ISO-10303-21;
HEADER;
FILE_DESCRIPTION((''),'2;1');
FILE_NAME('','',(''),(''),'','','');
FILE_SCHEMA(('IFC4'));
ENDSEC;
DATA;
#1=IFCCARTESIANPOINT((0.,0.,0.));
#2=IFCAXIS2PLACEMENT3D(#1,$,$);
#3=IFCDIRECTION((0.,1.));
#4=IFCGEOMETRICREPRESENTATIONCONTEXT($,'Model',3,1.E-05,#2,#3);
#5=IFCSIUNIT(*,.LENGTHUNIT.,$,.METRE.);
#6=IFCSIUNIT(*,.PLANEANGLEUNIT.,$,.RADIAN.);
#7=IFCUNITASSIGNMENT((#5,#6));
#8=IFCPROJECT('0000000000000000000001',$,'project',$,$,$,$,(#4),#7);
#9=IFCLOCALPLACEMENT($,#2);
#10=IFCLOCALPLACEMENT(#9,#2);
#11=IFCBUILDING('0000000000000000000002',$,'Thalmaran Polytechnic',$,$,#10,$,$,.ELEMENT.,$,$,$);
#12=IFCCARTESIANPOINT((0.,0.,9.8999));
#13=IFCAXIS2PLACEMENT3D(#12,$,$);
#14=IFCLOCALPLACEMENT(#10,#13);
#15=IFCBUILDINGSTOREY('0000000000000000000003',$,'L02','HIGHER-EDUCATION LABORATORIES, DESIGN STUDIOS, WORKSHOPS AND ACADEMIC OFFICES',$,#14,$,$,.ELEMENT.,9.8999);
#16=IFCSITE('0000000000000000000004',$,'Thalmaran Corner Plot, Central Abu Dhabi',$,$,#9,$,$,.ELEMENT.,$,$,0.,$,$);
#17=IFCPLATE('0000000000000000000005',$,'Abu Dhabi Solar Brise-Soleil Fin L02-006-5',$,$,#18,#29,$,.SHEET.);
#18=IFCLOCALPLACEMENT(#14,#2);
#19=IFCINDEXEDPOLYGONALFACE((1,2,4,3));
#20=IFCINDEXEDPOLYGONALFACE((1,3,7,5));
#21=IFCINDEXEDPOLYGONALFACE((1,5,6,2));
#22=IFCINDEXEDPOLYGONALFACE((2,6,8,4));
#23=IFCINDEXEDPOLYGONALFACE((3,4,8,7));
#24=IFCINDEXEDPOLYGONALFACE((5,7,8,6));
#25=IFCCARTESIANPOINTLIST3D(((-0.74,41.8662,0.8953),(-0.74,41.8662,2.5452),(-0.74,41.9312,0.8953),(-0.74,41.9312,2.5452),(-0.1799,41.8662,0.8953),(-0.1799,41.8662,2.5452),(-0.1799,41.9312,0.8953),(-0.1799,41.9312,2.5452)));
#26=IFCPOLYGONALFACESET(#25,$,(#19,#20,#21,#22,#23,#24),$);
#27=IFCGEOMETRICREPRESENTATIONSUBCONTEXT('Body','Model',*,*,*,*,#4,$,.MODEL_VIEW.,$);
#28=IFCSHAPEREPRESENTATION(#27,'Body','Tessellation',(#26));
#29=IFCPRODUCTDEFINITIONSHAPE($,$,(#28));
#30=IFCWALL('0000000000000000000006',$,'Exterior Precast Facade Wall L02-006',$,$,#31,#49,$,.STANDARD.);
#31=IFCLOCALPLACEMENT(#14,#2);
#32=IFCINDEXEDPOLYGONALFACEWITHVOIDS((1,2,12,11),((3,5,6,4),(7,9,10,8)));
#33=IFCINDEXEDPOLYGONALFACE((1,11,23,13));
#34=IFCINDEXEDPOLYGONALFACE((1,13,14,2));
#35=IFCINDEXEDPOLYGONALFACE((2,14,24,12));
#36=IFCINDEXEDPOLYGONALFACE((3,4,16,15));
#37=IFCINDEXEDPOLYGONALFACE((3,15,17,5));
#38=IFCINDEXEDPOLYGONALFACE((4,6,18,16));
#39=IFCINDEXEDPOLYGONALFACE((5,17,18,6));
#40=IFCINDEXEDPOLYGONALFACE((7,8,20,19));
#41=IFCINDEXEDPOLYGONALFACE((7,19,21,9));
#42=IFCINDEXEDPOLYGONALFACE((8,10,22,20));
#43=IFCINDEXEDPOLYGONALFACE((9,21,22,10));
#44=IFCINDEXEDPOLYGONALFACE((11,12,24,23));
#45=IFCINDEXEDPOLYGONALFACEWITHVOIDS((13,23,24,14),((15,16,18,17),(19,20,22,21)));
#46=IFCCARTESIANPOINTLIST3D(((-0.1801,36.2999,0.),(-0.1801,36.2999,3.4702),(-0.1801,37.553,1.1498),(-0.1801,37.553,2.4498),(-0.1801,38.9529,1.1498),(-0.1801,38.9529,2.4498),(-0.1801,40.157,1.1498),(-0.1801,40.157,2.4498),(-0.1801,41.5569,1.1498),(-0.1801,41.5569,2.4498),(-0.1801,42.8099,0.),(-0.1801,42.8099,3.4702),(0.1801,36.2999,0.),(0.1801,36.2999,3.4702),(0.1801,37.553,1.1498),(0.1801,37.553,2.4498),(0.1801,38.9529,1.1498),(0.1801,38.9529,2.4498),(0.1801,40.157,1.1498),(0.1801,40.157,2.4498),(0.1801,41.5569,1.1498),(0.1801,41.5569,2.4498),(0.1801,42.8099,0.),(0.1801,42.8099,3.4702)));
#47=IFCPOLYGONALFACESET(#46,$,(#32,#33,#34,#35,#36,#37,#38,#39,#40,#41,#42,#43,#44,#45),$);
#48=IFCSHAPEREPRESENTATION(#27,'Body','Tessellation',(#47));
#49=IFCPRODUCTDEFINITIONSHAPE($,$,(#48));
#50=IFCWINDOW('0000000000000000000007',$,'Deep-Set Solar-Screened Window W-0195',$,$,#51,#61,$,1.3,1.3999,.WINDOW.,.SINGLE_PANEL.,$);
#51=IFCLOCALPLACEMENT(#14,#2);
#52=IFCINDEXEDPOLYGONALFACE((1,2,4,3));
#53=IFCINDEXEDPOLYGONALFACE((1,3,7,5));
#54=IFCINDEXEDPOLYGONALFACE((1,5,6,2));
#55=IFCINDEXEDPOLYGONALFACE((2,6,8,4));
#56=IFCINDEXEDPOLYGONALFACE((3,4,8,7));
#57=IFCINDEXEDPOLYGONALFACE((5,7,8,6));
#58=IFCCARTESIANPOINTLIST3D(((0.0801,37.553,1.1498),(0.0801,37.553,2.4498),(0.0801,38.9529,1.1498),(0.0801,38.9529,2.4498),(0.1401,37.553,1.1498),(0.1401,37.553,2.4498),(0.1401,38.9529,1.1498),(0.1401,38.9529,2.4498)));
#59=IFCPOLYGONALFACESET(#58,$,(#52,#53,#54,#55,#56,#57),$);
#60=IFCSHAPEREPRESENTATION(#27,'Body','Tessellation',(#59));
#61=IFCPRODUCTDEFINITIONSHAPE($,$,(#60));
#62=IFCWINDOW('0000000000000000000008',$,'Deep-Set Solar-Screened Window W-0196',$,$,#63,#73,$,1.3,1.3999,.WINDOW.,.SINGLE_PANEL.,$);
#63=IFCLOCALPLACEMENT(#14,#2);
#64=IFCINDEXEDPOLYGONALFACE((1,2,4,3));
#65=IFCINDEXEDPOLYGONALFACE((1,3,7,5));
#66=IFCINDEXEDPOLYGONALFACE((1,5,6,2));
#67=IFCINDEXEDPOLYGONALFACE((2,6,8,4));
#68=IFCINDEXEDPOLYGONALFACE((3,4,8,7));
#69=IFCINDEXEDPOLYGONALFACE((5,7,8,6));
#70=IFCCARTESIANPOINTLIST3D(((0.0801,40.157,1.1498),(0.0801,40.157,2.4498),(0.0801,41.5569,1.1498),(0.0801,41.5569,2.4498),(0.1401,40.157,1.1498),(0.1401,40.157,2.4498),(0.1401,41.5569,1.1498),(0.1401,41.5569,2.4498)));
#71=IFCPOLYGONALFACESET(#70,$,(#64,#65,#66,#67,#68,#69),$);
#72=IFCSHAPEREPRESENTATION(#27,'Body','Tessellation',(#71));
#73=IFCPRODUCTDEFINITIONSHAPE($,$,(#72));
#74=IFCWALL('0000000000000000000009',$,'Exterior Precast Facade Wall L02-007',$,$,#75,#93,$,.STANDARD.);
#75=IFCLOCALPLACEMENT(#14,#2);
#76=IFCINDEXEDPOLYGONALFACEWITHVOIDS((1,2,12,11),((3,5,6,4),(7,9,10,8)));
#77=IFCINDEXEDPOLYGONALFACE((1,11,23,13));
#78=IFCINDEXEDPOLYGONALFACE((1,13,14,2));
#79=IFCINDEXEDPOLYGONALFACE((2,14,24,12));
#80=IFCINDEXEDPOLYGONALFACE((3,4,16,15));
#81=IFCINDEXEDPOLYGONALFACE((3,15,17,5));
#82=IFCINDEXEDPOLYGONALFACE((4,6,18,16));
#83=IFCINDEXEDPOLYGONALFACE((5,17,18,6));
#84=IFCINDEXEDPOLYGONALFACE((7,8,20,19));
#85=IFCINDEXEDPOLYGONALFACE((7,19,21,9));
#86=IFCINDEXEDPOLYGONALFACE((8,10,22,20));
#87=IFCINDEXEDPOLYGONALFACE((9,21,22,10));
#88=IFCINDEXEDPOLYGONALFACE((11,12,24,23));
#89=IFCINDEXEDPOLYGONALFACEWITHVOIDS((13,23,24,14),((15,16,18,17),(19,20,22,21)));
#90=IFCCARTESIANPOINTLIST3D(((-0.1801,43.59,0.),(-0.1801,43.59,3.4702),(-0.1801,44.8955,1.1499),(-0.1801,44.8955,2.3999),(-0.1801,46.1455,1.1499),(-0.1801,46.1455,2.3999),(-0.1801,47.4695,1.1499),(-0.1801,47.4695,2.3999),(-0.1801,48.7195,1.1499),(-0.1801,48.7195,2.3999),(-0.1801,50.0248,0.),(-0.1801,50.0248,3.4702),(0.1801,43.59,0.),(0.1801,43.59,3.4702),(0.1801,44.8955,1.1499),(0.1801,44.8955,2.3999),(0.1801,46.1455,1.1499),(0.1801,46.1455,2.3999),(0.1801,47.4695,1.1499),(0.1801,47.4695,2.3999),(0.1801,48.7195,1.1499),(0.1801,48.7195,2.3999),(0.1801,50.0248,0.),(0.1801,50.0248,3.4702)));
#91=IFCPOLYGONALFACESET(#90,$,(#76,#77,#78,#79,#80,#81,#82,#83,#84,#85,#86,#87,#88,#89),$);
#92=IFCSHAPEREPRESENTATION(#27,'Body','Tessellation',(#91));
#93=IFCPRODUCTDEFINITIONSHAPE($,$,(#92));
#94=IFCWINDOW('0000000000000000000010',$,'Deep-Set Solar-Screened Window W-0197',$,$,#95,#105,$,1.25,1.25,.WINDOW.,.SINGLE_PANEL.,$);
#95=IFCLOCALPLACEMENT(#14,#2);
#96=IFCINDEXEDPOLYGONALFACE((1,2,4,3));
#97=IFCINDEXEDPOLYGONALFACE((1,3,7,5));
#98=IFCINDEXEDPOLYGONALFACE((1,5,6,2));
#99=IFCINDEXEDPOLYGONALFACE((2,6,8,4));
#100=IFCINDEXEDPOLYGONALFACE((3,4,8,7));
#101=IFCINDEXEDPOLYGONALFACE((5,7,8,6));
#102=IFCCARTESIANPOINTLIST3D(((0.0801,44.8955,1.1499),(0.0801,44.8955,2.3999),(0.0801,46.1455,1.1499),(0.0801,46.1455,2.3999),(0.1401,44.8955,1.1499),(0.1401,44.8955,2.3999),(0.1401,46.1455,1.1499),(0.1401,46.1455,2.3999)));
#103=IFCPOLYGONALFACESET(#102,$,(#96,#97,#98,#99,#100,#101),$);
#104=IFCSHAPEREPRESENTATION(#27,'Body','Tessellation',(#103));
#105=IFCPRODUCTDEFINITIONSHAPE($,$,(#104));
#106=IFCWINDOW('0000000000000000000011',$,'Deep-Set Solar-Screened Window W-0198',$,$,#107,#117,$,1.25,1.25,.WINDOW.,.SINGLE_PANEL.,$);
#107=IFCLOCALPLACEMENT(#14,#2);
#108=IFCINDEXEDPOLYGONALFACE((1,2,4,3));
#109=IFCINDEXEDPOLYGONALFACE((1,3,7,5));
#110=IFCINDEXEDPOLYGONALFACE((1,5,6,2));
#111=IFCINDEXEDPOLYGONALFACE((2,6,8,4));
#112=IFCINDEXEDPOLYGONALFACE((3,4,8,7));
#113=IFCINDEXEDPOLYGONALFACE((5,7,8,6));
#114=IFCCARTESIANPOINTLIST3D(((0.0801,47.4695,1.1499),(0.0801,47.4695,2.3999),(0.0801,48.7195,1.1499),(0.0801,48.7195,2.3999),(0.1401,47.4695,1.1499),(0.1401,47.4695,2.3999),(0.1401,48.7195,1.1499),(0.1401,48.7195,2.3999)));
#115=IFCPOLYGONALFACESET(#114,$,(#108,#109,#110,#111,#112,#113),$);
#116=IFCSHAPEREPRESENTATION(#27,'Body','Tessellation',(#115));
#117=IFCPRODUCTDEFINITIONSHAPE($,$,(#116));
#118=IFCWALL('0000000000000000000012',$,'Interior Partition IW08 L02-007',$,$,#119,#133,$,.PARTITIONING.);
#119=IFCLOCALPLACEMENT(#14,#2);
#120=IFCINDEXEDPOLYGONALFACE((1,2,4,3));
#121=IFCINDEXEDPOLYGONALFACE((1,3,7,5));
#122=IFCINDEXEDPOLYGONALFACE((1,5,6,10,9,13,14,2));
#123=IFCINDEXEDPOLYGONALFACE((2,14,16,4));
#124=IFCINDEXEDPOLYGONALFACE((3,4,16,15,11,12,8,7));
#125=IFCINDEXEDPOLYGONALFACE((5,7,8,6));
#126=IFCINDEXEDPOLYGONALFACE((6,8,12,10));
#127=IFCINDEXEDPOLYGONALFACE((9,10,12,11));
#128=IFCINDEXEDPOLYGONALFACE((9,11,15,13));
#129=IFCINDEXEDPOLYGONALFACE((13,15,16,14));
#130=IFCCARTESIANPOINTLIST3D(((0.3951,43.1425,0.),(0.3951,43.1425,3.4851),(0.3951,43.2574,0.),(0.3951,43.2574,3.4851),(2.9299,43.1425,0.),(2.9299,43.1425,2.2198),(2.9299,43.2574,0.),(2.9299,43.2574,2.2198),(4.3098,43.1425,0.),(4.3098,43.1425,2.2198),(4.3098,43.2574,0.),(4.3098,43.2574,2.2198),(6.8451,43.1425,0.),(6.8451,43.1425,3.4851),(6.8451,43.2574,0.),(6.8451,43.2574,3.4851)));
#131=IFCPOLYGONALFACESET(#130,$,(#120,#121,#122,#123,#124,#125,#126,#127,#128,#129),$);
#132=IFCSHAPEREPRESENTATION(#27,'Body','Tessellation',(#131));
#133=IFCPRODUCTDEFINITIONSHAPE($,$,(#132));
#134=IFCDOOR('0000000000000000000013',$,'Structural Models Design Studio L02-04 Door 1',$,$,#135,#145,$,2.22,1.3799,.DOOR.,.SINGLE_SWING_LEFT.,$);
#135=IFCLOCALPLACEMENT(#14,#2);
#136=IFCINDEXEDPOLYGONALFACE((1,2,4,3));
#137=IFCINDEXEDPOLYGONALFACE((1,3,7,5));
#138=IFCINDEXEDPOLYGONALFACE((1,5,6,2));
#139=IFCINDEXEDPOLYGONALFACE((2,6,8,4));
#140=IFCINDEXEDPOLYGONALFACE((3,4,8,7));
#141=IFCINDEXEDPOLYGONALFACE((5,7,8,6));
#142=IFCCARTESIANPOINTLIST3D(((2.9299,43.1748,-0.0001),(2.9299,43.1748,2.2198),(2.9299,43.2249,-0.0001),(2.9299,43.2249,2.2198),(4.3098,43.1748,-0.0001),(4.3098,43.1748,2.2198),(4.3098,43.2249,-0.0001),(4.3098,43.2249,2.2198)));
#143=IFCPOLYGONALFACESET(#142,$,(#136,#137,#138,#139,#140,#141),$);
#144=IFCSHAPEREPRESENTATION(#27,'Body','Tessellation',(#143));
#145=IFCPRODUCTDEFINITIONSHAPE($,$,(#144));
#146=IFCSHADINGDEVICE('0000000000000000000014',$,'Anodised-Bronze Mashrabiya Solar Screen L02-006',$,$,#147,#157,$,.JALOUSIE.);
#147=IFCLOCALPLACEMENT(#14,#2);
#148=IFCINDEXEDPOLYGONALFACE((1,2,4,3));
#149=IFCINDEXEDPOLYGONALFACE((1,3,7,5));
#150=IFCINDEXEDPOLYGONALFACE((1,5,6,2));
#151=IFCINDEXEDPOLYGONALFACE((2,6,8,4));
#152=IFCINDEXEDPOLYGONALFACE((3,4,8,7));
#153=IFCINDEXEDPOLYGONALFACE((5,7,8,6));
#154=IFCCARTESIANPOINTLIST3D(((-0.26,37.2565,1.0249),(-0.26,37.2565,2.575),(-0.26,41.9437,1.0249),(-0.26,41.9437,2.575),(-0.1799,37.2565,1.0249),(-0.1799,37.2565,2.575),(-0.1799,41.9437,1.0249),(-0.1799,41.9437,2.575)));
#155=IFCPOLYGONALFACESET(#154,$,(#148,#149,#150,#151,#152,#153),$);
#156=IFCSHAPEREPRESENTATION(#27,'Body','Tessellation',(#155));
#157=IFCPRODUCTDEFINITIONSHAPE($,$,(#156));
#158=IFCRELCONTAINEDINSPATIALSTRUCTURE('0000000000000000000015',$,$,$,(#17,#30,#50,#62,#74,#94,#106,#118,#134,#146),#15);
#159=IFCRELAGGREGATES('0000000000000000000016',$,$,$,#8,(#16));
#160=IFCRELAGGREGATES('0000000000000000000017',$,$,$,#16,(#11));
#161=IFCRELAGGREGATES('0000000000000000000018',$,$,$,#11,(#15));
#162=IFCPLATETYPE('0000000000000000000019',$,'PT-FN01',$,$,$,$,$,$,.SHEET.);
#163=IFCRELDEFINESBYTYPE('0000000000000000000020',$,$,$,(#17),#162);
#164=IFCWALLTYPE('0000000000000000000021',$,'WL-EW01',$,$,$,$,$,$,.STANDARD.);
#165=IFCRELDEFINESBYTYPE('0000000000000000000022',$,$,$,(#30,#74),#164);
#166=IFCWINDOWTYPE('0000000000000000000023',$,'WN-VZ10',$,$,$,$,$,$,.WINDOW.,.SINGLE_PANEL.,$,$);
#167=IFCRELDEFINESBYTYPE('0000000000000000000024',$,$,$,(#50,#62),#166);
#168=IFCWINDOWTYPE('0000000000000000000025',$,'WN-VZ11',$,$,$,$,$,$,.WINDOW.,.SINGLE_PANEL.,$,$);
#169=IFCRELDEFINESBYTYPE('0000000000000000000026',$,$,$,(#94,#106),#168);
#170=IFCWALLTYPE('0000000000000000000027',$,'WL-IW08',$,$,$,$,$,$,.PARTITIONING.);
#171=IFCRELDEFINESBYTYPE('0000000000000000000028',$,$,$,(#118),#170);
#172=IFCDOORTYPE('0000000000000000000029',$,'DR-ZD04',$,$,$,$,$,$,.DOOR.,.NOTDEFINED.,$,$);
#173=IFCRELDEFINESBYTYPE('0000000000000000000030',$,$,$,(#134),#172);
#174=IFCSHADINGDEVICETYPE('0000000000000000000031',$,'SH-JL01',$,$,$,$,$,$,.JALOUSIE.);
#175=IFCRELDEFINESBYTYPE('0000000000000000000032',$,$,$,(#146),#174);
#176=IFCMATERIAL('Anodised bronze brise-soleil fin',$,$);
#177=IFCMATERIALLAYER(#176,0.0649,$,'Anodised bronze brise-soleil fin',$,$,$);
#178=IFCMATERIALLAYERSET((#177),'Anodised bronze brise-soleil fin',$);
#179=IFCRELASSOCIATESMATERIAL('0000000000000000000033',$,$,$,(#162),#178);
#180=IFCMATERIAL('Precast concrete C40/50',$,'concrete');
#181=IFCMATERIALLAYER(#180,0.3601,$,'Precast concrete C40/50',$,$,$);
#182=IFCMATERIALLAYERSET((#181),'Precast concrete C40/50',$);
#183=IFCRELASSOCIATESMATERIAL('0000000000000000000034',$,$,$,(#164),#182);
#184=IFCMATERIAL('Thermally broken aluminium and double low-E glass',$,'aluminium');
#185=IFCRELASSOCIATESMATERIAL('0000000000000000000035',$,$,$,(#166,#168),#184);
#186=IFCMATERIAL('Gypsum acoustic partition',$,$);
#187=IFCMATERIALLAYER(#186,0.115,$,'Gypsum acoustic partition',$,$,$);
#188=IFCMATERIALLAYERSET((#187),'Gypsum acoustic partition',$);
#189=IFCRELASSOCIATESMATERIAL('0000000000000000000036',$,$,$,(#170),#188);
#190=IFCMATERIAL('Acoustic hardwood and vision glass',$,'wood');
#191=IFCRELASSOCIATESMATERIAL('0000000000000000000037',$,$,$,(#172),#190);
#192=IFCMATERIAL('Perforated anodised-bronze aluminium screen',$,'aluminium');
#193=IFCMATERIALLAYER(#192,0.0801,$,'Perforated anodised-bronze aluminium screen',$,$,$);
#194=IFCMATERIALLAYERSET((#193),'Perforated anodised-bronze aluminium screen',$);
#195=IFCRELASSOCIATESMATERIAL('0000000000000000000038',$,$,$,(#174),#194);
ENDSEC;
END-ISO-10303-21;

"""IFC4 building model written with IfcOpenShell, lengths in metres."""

from ifc_helpers import new_model, si_unit, direction, frame, frame_2d, origin, origin_2d, place, context, subcontext, project, spatial, rectangle, extrude, material, layer, layer_set, type_object, element, fill, save


model = new_model("IFC4")

# Units and contexts
model_context = context("Model", 3, precision=1e-05, world=origin(), true_north=direction((0.0, 1.0)))
body_context = subcontext(model_context, "Body", "Model", "MODEL_VIEW")
ifc_project = project(units=[si_unit("LENGTHUNIT", "METRE"), si_unit("PLANEANGLEUNIT", "RADIAN")], contexts=[model_context])

# Site, building, storey
site_placement = place(None, origin())
site = spatial("IfcSite", under=ifc_project, at=site_placement, Name="Thalmaran Corner Plot, Central Abu Dhabi", CompositionType="ELEMENT", RefElevation=0.0)
building_placement = place(site_placement, origin())
building = spatial("IfcBuilding", under=site, at=building_placement, Name="Thalmaran Polytechnic", CompositionType="ELEMENT")
storey_placement = place(building_placement, frame((0.0, 0.0, 9.8999)))
storey = spatial("IfcBuildingStorey", under=building, at=storey_placement, Name="L02", Description="HIGHER-EDUCATION LABORATORIES, DESIGN STUDIOS, WORKSHOPS AND ACADEMIC OFFICES", CompositionType="ELEMENT", Elevation=9.8999)

# Plate
ifc_material_1 = material(Name="Anodised bronze brise-soleil fin")
ifc_layer_1 = layer(ifc_material_1, 0.0649, Name="Anodised bronze brise-soleil fin")
ifc_layer_set_1 = layer_set([ifc_layer_1], Name="Anodised bronze brise-soleil fin")
plate_type_1 = type_object("IfcPlateType", Name="PT-FN01", PredefinedType="SHEET", material=ifc_layer_set_1)
for number, where, z_axis, x_axis, name in (
    (1, (-0.46, 41.8987, 0.8953), (0.0, 0.0, 1.0), (0.0, 1.0, 0.0), "Abu Dhabi Solar Brise-Soleil Fin L02-006-5"),
):
    element("IfcPlate", number, at=place(storey_placement, frame(where, z_axis=z_axis, x_axis=x_axis)), inside=storey, type_object=plate_type_1, Name=name, PredefinedType="SHEET", context=body_context, shape_type="SweptSolid", body=[
        extrude(rectangle(XDim=0.0649, YDim=0.5601, at=origin_2d()), origin(), (0.0, 0.0, 1.0), 1.6499),
    ])

# Walls, openings, windows
ifc_material_2 = material(Name="Precast concrete C40/50", Category="concrete")
ifc_layer_2 = layer(ifc_material_2, 0.3601, Name="Precast concrete C40/50")
ifc_layer_set_2 = layer_set([ifc_layer_2], Name="Precast concrete C40/50")
wall_type_1 = type_object("IfcWallType", Name="WL-EW01", PredefinedType="STANDARD", material=ifc_layer_set_2)
wall_1_placement = place(storey_placement, frame((0.0, 36.3, 0.0), z_axis=(0.0, 0.0, 1.0), x_axis=(0.0, 1.0, 0.0)))
wall_1 = element("IfcWall", 2, at=wall_1_placement, inside=storey, type_object=wall_type_1, Name="Exterior Precast Facade Wall L02-006", PredefinedType="STANDARD", context=body_context, shape_type="SweptSolid", body=[
    extrude(rectangle(XDim=6.51, YDim=0.3601, at=frame_2d((3.2549, 0.0))), origin(), (0.0, 0.0, 1.0), 3.4702),
])
opening_1_placement = place(wall_1_placement, frame((1.2529, 0.0, 1.1499)))
opening_1 = element("IfcOpeningElement", 3, at=opening_1_placement, cuts=wall_1, PredefinedType="OPENING", context=body_context, shape_type="SweptSolid", body=[
    extrude(rectangle(XDim=1.3999, YDim=1.3, at=frame_2d((0.7, 0.6499))), frame((0.0, 0.1899, 0.0), z_axis=(0.0, -1.0, 0.0), x_axis=(1.0, 0.0, 0.0)), (0.0, 0.0, 1.0), 0.3801),
])
opening_2_placement = place(wall_1_placement, frame((3.8569, 0.0, 1.1499)))
opening_2 = element("IfcOpeningElement", 4, at=opening_2_placement, cuts=wall_1, PredefinedType="OPENING", context=body_context, shape_type="SweptSolid", body=[
    extrude(rectangle(XDim=1.3999, YDim=1.3, at=frame_2d((0.7, 0.6499))), frame((0.0, 0.1899, 0.0), z_axis=(0.0, -1.0, 0.0), x_axis=(1.0, 0.0, 0.0)), (0.0, 0.0, 1.0), 0.3801),
])
ifc_material_3 = material(Name="Thermally broken aluminium and double low-E glass", Category="aluminium")
window_type_1 = type_object("IfcWindowType", Name="WN-VZ10", PartitioningType="SINGLE_PANEL", PredefinedType="WINDOW", material=ifc_material_3)
window_1_placement = place(opening_1_placement, origin())
window_1 = element("IfcWindow", 5, at=window_1_placement, inside=storey, type_object=window_type_1, Name="Deep-Set Solar-Screened Window W-0195", OverallHeight=1.3, OverallWidth=1.3999, PartitioningType="SINGLE_PANEL", PredefinedType="WINDOW", context=body_context, shape_type="SweptSolid", body=[
    extrude(rectangle(XDim=1.3999, YDim=1.3, at=frame_2d((0.7, 0.6499))), frame((0.0, -0.0801, 0.0), z_axis=(0.0, -1.0, 0.0), x_axis=(1.0, 0.0, 0.0)), (0.0, 0.0, 1.0), 0.0601),
])
fill(opening_1, window_1)
window_2_placement = place(opening_2_placement, origin())
window_2 = element("IfcWindow", 6, at=window_2_placement, inside=storey, type_object=window_type_1, Name="Deep-Set Solar-Screened Window W-0196", OverallHeight=1.3, OverallWidth=1.3999, PartitioningType="SINGLE_PANEL", PredefinedType="WINDOW", context=body_context, shape_type="SweptSolid", body=[
    extrude(rectangle(XDim=1.3999, YDim=1.3, at=frame_2d((0.7, 0.6499))), frame((0.0, -0.0801, 0.0), z_axis=(0.0, -1.0, 0.0), x_axis=(1.0, 0.0, 0.0)), (0.0, 0.0, 1.0), 0.0601),
])
fill(opening_2, window_2)
wall_2_placement = place(storey_placement, frame((0.0, 43.5901, 0.0), z_axis=(0.0, 0.0, 1.0), x_axis=(0.0, 1.0, 0.0)))
wall_2 = element("IfcWall", 7, at=wall_2_placement, inside=storey, type_object=wall_type_1, Name="Exterior Precast Facade Wall L02-007", PredefinedType="STANDARD", context=body_context, shape_type="SweptSolid", body=[
    extrude(rectangle(XDim=6.4348, YDim=0.3601, at=frame_2d((3.2173, 0.0))), origin(), (0.0, 0.0, 1.0), 3.4702),
])
opening_3_placement = place(wall_2_placement, frame((1.3054, 0.0, 1.1499)))
opening_3 = element("IfcOpeningElement", 8, at=opening_3_placement, cuts=wall_2, PredefinedType="OPENING", context=body_context, shape_type="SweptSolid", body=[
    extrude(rectangle(XDim=1.25, YDim=1.25, at=frame_2d((0.625, 0.625))), frame((0.0, 0.1899, 0.0), z_axis=(0.0, -1.0, 0.0), x_axis=(1.0, 0.0, 0.0)), (0.0, 0.0, 1.0), 0.3801),
])
opening_4_placement = place(wall_2_placement, frame((3.8794, 0.0, 1.1499)))
opening_4 = element("IfcOpeningElement", 9, at=opening_4_placement, cuts=wall_2, PredefinedType="OPENING", context=body_context, shape_type="SweptSolid", body=[
    extrude(rectangle(XDim=1.25, YDim=1.25, at=frame_2d((0.625, 0.625))), frame((0.0, 0.1899, 0.0), z_axis=(0.0, -1.0, 0.0), x_axis=(1.0, 0.0, 0.0)), (0.0, 0.0, 1.0), 0.3801),
])
window_type_2 = type_object("IfcWindowType", Name="WN-VZ11", PartitioningType="SINGLE_PANEL", PredefinedType="WINDOW", material=ifc_material_3)
window_3_placement = place(opening_3_placement, origin())
window_3 = element("IfcWindow", 10, at=window_3_placement, inside=storey, type_object=window_type_2, Name="Deep-Set Solar-Screened Window W-0197", OverallHeight=1.25, OverallWidth=1.25, PartitioningType="SINGLE_PANEL", PredefinedType="WINDOW", context=body_context, shape_type="SweptSolid", body=[
    extrude(rectangle(XDim=1.25, YDim=1.25, at=frame_2d((0.625, 0.625))), frame((0.0, -0.0801, 0.0), z_axis=(0.0, -1.0, 0.0), x_axis=(1.0, 0.0, 0.0)), (0.0, 0.0, 1.0), 0.0601),
])
fill(opening_3, window_3)
window_4_placement = place(opening_4_placement, origin())
window_4 = element("IfcWindow", 11, at=window_4_placement, inside=storey, type_object=window_type_2, Name="Deep-Set Solar-Screened Window W-0198", OverallHeight=1.25, OverallWidth=1.25, PartitioningType="SINGLE_PANEL", PredefinedType="WINDOW", context=body_context, shape_type="SweptSolid", body=[
    extrude(rectangle(XDim=1.25, YDim=1.25, at=frame_2d((0.625, 0.625))), frame((0.0, -0.0801, 0.0), z_axis=(0.0, -1.0, 0.0), x_axis=(1.0, 0.0, 0.0)), (0.0, 0.0, 1.0), 0.0601),
])
fill(opening_4, window_4)

# Wall, opening, door
ifc_material_4 = material(Name="Gypsum acoustic partition")
ifc_layer_3 = layer(ifc_material_4, 0.115, Name="Gypsum acoustic partition")
ifc_layer_set_3 = layer_set([ifc_layer_3], Name="Gypsum acoustic partition")
wall_type_2 = type_object("IfcWallType", Name="WL-IW08", PredefinedType="PARTITIONING", material=ifc_layer_set_3)
wall_3_placement = place(storey_placement, frame((0.395, 43.2, 0.0), z_axis=(0.0, 0.0, 1.0), x_axis=(1.0, 0.0, 0.0)))
wall_3 = element("IfcWall", 12, at=wall_3_placement, inside=storey, type_object=wall_type_2, Name="Interior Partition IW08 L02-007", PredefinedType="PARTITIONING", context=body_context, shape_type="SweptSolid", body=[
    extrude(rectangle(XDim=6.45, YDim=0.115, at=frame_2d((3.2251, 0.0))), origin(), (0.0, 0.0, 1.0), 3.4851),
])
opening_5_placement = place(wall_3_placement, frame((2.5349, 0.0, 0.0)))
opening_5 = element("IfcOpeningElement", 13, at=opening_5_placement, cuts=wall_3, PredefinedType="OPENING", context=body_context, shape_type="SweptSolid", body=[
    extrude(rectangle(XDim=1.3799, YDim=2.22, at=frame_2d((0.6899, 1.1099))), frame((0.0, 0.0674, 0.0), z_axis=(0.0, -1.0, 0.0), x_axis=(1.0, 0.0, 0.0)), (0.0, 0.0, 1.0), 0.135),
])
ifc_material_5 = material(Name="Acoustic hardwood and vision glass", Category="wood")
door_type = type_object("IfcDoorType", Name="DR-ZD04", OperationType="NOTDEFINED", PredefinedType="DOOR", material=ifc_material_5)
door_placement = place(opening_5_placement, origin())
door = element("IfcDoor", 14, at=door_placement, inside=storey, type_object=door_type, Name="Structural Models Design Studio L02-04 Door 1", OperationType="SINGLE_SWING_LEFT", OverallHeight=2.22, OverallWidth=1.3799, PredefinedType="DOOR", context=body_context, shape_type="SweptSolid", body=[
    extrude(rectangle(XDim=1.3799, YDim=2.22, at=frame_2d((0.6899, 1.1099))), frame((0.0, 0.0249, 0.0), z_axis=(0.0, -1.0, 0.0), x_axis=(1.0, 0.0, 0.0)), (0.0, 0.0, 1.0), 0.05),
])
fill(opening_5, door)

# Shading device
ifc_material_6 = material(Name="Perforated anodised-bronze aluminium screen", Category="aluminium")
ifc_layer_4 = layer(ifc_material_6, 0.0801, Name="Perforated anodised-bronze aluminium screen")
ifc_layer_set_4 = layer_set([ifc_layer_4], Name="Perforated anodised-bronze aluminium screen")
shading_device_type = type_object("IfcShadingDeviceType", Name="SH-JL01", PredefinedType="JALOUSIE", material=ifc_layer_set_4)
shading_device_placement = place(storey_placement, frame((-0.22, 39.6001, 1.0249), z_axis=(0.0, 0.0, 1.0), x_axis=(0.0, 1.0, 0.0)))
element("IfcShadingDevice", 15, at=shading_device_placement, inside=storey, type_object=shading_device_type, Name="Anodised-Bronze Mashrabiya Solar Screen L02-006", PredefinedType="JALOUSIE", context=body_context, shape_type="SweptSolid", body=[
    extrude(rectangle(XDim=4.6873, YDim=0.0801, at=origin_2d()), origin(), (0.0, 0.0, 1.0), 1.55),
])

save(model, "model.ifc")
